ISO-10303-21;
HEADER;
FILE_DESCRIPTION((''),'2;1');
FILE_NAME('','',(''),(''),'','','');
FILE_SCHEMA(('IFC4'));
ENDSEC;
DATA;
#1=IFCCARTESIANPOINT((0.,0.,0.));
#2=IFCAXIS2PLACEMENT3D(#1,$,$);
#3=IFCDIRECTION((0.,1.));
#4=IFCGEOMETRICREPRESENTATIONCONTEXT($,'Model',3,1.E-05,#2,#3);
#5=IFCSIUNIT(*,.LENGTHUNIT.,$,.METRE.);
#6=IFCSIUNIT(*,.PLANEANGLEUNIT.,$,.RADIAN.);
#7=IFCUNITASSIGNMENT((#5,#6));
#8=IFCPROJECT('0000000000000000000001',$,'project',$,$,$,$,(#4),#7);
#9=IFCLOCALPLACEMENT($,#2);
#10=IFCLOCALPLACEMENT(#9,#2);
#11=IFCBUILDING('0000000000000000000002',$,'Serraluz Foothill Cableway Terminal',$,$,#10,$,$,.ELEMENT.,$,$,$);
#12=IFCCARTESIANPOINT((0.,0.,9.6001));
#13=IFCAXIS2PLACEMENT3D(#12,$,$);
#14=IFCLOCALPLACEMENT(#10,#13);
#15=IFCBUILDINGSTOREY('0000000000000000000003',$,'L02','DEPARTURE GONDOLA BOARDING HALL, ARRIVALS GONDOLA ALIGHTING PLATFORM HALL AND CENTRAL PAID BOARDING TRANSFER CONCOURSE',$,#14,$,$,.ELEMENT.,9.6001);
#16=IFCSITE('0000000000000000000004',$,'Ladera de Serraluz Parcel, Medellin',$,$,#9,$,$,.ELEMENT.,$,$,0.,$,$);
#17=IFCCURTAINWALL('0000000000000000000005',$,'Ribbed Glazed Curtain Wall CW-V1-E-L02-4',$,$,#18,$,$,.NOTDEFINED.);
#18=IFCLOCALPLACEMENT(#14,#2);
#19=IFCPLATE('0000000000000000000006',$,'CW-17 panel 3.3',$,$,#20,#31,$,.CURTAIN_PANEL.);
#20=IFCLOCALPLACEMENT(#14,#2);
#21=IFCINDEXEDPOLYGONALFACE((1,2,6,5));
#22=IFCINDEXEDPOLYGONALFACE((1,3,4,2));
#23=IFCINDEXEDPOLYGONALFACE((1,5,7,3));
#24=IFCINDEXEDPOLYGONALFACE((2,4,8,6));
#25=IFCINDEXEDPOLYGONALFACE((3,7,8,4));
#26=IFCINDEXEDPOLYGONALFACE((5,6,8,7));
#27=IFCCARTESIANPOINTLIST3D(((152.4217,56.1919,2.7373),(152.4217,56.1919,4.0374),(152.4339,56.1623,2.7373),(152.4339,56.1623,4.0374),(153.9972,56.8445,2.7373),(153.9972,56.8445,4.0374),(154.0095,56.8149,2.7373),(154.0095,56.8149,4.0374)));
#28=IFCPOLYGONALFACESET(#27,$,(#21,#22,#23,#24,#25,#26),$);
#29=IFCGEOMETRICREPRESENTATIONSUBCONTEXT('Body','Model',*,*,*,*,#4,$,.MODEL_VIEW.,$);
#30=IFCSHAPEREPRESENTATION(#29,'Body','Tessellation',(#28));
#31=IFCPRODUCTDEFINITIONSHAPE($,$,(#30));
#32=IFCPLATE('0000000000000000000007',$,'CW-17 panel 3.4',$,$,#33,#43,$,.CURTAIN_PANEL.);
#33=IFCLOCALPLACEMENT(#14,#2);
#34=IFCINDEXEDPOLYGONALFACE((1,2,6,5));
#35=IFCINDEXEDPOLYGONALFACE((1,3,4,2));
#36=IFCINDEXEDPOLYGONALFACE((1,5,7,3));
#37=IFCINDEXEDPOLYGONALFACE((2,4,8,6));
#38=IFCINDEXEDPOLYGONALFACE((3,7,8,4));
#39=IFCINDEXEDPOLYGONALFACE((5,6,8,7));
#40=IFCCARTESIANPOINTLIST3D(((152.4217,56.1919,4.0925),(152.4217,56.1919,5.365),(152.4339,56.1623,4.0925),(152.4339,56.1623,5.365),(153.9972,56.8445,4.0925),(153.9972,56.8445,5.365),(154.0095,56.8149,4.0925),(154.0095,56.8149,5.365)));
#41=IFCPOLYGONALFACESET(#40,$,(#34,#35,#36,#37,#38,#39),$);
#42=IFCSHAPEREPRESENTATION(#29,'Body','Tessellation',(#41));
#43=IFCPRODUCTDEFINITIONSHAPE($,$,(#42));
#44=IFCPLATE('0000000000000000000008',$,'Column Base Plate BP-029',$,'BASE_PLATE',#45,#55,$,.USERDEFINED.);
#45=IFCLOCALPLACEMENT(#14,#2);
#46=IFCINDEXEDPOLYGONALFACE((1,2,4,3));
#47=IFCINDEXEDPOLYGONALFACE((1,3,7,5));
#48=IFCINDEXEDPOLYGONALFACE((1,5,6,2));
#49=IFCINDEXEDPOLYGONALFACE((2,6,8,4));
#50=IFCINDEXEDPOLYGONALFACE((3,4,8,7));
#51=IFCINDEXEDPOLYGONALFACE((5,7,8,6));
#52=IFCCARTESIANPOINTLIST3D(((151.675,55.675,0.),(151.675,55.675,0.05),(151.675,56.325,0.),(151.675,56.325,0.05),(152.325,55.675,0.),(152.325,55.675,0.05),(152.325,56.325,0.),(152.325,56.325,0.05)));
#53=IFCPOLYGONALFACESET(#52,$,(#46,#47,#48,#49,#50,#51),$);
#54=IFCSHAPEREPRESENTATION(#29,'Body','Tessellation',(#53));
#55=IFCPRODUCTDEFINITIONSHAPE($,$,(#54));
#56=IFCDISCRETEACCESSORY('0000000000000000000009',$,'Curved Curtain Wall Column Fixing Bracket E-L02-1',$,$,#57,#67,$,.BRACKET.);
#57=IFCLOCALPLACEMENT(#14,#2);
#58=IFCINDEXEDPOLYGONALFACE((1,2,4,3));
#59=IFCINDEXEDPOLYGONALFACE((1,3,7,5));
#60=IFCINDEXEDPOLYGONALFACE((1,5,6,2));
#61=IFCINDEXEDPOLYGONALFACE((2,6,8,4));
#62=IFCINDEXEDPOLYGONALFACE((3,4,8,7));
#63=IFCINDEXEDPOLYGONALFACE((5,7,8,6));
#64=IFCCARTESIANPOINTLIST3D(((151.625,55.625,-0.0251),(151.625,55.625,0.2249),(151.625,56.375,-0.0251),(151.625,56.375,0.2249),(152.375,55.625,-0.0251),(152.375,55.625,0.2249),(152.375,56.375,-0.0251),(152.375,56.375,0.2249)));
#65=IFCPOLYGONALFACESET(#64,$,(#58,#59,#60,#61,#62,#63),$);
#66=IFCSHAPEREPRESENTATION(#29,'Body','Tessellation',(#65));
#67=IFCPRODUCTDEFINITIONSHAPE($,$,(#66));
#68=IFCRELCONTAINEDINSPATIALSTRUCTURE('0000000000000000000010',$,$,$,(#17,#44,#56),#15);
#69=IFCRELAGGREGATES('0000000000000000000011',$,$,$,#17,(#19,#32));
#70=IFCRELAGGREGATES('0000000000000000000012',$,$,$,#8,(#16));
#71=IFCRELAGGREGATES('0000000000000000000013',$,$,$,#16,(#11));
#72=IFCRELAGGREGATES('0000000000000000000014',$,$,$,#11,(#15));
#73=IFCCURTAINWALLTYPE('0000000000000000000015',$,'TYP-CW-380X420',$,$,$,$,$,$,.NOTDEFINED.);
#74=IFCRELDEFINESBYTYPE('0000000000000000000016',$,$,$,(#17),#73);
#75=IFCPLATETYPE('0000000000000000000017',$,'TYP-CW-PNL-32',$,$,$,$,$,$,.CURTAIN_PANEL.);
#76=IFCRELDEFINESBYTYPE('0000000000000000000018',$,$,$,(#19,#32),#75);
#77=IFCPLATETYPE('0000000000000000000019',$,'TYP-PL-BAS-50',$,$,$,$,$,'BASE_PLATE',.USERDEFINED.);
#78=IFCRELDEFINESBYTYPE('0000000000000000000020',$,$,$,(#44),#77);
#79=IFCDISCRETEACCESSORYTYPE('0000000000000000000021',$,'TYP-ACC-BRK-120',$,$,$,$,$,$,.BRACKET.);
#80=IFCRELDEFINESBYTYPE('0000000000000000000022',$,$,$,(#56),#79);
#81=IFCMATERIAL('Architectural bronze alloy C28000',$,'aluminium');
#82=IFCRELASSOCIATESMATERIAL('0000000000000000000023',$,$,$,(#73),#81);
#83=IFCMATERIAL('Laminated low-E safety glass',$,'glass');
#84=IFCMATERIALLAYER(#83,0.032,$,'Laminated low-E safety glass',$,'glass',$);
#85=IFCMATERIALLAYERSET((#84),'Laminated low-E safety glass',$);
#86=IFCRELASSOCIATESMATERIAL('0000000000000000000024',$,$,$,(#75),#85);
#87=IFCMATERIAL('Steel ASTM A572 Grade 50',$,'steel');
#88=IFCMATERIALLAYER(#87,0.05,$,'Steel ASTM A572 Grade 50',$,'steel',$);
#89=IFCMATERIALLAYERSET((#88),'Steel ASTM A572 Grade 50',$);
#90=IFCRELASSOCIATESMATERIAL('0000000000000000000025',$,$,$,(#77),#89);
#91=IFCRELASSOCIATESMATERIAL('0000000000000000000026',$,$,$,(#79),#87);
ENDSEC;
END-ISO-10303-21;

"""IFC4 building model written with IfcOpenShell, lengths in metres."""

from ifc_helpers import new_model, si_unit, direction, frame, origin, origin_2d, place, context, subcontext, project, spatial, rectangle, extrude, material, layer, layer_set, type_object, element, aggregate, save


model = new_model("IFC4")

# Units and contexts
model_context = context("Model", 3, precision=1e-05, world=origin(), true_north=direction((0.0, 1.0)))
body_context = subcontext(model_context, "Body", "Model", "MODEL_VIEW")
ifc_project = project(units=[si_unit("LENGTHUNIT", "METRE"), si_unit("PLANEANGLEUNIT", "RADIAN")], contexts=[model_context])

# Site, building, storey
site_placement = place(None, origin())
site = spatial("IfcSite", under=ifc_project, at=site_placement, Name="Ladera de Serraluz Parcel, Medellin", CompositionType="ELEMENT", RefElevation=0.0)
building_placement = place(site_placement, origin())
building = spatial("IfcBuilding", under=site, at=building_placement, Name="Serraluz Foothill Cableway Terminal", CompositionType="ELEMENT")
storey_placement = place(building_placement, frame((0.0, 0.0, 9.6001)))
storey = spatial("IfcBuildingStorey", under=building, at=storey_placement, Name="L02", Description="DEPARTURE GONDOLA BOARDING HALL, ARRIVALS GONDOLA ALIGHTING PLATFORM HALL AND CENTRAL PAID BOARDING TRANSFER CONCOURSE", CompositionType="ELEMENT", Elevation=9.6001)

# Curtain wall
ifc_material_1 = material(Name="Architectural bronze alloy C28000", Category="aluminium")
curtain_wall_type_1 = type_object("IfcCurtainWallType", Name="TYP-CW-380X420", PredefinedType="NOTDEFINED", material=ifc_material_1)
curtain_wall_1_placement = place(storey_placement, origin())
curtain_wall_1 = element("IfcCurtainWall", 1, at=curtain_wall_1_placement, inside=storey, type_object=curtain_wall_type_1, Name="Ribbed Glazed Curtain Wall CW-V1-E-L02-4", PredefinedType="NOTDEFINED")

# Plates
ifc_material_2 = material(Name="Laminated low-E safety glass", Category="glass")
ifc_layer_1 = layer(ifc_material_2, 0.032, Name="Laminated low-E safety glass", Category="glass")
ifc_layer_set_1 = layer_set([ifc_layer_1], Name="Laminated low-E safety glass")
plate_type_1 = type_object("IfcPlateType", Name="TYP-CW-PNL-32", PredefinedType="CURTAIN_PANEL", material=ifc_layer_set_1)
plate_1_placement = place(storey_placement, frame((153.2156, 56.5034, 2.7373), z_axis=(0.0, 0.0, 1.0), x_axis=(-0.92388, -0.382682, 0.0)))
plate_1 = element("IfcPlate", 2, at=plate_1_placement, type_object=plate_type_1, Name="CW-17 panel 3.3", PredefinedType="CURTAIN_PANEL", context=body_context, shape_type="SweptSolid", body=[
    extrude(rectangle(XDim=1.7053, YDim=0.032, at=origin_2d()), origin(), (0.0, 0.0, 1.0), 1.3),
])
plate_2_placement = place(storey_placement, frame((153.2156, 56.5034, 4.0925), z_axis=(0.0, 0.0, 1.0), x_axis=(-0.92388, -0.382682, 0.0)))
plate_2 = element("IfcPlate", 3, at=plate_2_placement, type_object=plate_type_1, Name="CW-17 panel 3.4", PredefinedType="CURTAIN_PANEL", context=body_context, shape_type="SweptSolid", body=[
    extrude(rectangle(XDim=1.7053, YDim=0.032, at=origin_2d()), origin(), (0.0, 0.0, 1.0), 1.2725),
])
aggregate(curtain_wall_1, [plate_1, plate_2])
ifc_material_3 = material(Name="Steel ASTM A572 Grade 50", Category="steel")
ifc_layer_2 = layer(ifc_material_3, 0.05, Name="Steel ASTM A572 Grade 50", Category="steel")
ifc_layer_set_2 = layer_set([ifc_layer_2], Name="Steel ASTM A572 Grade 50")
plate_type_2 = type_object("IfcPlateType", Name="TYP-PL-BAS-50", ElementType="BASE_PLATE", PredefinedType="USERDEFINED", material=ifc_layer_set_2)
plate_3_placement = place(storey_placement, frame((152.0, 56.0, 0.0), z_axis=(0.0, 0.0, 1.0), x_axis=(1.0, 0.0, 0.0)))
element("IfcPlate", 4, at=plate_3_placement, inside=storey, type_object=plate_type_2, Name="Column Base Plate BP-029", ObjectType="BASE_PLATE", PredefinedType="USERDEFINED", context=body_context, shape_type="SweptSolid", body=[
    extrude(rectangle(XDim=0.6499, YDim=0.6499, at=origin_2d()), origin(), (0.0, 0.0, 1.0), 0.05),
])

# Discrete accessory
discrete_accessory_type = type_object("IfcDiscreteAccessoryType", Name="TYP-ACC-BRK-120", PredefinedType="BRACKET", material=ifc_material_3)
discrete_accessory_placement = place(storey_placement, frame((152.0, 56.0, -0.0251), z_axis=(0.0, 0.0, 1.0), x_axis=(1.0, 0.0, 0.0)))
element("IfcDiscreteAccessory", 5, at=discrete_accessory_placement, inside=storey, type_object=discrete_accessory_type, Name="Curved Curtain Wall Column Fixing Bracket E-L02-1", PredefinedType="BRACKET", context=body_context, shape_type="SweptSolid", body=[
    extrude(rectangle(XDim=0.75, YDim=0.75, at=origin_2d()), origin(), (0.0, 0.0, 1.0), 0.25),
])

save(model, "model.ifc")
